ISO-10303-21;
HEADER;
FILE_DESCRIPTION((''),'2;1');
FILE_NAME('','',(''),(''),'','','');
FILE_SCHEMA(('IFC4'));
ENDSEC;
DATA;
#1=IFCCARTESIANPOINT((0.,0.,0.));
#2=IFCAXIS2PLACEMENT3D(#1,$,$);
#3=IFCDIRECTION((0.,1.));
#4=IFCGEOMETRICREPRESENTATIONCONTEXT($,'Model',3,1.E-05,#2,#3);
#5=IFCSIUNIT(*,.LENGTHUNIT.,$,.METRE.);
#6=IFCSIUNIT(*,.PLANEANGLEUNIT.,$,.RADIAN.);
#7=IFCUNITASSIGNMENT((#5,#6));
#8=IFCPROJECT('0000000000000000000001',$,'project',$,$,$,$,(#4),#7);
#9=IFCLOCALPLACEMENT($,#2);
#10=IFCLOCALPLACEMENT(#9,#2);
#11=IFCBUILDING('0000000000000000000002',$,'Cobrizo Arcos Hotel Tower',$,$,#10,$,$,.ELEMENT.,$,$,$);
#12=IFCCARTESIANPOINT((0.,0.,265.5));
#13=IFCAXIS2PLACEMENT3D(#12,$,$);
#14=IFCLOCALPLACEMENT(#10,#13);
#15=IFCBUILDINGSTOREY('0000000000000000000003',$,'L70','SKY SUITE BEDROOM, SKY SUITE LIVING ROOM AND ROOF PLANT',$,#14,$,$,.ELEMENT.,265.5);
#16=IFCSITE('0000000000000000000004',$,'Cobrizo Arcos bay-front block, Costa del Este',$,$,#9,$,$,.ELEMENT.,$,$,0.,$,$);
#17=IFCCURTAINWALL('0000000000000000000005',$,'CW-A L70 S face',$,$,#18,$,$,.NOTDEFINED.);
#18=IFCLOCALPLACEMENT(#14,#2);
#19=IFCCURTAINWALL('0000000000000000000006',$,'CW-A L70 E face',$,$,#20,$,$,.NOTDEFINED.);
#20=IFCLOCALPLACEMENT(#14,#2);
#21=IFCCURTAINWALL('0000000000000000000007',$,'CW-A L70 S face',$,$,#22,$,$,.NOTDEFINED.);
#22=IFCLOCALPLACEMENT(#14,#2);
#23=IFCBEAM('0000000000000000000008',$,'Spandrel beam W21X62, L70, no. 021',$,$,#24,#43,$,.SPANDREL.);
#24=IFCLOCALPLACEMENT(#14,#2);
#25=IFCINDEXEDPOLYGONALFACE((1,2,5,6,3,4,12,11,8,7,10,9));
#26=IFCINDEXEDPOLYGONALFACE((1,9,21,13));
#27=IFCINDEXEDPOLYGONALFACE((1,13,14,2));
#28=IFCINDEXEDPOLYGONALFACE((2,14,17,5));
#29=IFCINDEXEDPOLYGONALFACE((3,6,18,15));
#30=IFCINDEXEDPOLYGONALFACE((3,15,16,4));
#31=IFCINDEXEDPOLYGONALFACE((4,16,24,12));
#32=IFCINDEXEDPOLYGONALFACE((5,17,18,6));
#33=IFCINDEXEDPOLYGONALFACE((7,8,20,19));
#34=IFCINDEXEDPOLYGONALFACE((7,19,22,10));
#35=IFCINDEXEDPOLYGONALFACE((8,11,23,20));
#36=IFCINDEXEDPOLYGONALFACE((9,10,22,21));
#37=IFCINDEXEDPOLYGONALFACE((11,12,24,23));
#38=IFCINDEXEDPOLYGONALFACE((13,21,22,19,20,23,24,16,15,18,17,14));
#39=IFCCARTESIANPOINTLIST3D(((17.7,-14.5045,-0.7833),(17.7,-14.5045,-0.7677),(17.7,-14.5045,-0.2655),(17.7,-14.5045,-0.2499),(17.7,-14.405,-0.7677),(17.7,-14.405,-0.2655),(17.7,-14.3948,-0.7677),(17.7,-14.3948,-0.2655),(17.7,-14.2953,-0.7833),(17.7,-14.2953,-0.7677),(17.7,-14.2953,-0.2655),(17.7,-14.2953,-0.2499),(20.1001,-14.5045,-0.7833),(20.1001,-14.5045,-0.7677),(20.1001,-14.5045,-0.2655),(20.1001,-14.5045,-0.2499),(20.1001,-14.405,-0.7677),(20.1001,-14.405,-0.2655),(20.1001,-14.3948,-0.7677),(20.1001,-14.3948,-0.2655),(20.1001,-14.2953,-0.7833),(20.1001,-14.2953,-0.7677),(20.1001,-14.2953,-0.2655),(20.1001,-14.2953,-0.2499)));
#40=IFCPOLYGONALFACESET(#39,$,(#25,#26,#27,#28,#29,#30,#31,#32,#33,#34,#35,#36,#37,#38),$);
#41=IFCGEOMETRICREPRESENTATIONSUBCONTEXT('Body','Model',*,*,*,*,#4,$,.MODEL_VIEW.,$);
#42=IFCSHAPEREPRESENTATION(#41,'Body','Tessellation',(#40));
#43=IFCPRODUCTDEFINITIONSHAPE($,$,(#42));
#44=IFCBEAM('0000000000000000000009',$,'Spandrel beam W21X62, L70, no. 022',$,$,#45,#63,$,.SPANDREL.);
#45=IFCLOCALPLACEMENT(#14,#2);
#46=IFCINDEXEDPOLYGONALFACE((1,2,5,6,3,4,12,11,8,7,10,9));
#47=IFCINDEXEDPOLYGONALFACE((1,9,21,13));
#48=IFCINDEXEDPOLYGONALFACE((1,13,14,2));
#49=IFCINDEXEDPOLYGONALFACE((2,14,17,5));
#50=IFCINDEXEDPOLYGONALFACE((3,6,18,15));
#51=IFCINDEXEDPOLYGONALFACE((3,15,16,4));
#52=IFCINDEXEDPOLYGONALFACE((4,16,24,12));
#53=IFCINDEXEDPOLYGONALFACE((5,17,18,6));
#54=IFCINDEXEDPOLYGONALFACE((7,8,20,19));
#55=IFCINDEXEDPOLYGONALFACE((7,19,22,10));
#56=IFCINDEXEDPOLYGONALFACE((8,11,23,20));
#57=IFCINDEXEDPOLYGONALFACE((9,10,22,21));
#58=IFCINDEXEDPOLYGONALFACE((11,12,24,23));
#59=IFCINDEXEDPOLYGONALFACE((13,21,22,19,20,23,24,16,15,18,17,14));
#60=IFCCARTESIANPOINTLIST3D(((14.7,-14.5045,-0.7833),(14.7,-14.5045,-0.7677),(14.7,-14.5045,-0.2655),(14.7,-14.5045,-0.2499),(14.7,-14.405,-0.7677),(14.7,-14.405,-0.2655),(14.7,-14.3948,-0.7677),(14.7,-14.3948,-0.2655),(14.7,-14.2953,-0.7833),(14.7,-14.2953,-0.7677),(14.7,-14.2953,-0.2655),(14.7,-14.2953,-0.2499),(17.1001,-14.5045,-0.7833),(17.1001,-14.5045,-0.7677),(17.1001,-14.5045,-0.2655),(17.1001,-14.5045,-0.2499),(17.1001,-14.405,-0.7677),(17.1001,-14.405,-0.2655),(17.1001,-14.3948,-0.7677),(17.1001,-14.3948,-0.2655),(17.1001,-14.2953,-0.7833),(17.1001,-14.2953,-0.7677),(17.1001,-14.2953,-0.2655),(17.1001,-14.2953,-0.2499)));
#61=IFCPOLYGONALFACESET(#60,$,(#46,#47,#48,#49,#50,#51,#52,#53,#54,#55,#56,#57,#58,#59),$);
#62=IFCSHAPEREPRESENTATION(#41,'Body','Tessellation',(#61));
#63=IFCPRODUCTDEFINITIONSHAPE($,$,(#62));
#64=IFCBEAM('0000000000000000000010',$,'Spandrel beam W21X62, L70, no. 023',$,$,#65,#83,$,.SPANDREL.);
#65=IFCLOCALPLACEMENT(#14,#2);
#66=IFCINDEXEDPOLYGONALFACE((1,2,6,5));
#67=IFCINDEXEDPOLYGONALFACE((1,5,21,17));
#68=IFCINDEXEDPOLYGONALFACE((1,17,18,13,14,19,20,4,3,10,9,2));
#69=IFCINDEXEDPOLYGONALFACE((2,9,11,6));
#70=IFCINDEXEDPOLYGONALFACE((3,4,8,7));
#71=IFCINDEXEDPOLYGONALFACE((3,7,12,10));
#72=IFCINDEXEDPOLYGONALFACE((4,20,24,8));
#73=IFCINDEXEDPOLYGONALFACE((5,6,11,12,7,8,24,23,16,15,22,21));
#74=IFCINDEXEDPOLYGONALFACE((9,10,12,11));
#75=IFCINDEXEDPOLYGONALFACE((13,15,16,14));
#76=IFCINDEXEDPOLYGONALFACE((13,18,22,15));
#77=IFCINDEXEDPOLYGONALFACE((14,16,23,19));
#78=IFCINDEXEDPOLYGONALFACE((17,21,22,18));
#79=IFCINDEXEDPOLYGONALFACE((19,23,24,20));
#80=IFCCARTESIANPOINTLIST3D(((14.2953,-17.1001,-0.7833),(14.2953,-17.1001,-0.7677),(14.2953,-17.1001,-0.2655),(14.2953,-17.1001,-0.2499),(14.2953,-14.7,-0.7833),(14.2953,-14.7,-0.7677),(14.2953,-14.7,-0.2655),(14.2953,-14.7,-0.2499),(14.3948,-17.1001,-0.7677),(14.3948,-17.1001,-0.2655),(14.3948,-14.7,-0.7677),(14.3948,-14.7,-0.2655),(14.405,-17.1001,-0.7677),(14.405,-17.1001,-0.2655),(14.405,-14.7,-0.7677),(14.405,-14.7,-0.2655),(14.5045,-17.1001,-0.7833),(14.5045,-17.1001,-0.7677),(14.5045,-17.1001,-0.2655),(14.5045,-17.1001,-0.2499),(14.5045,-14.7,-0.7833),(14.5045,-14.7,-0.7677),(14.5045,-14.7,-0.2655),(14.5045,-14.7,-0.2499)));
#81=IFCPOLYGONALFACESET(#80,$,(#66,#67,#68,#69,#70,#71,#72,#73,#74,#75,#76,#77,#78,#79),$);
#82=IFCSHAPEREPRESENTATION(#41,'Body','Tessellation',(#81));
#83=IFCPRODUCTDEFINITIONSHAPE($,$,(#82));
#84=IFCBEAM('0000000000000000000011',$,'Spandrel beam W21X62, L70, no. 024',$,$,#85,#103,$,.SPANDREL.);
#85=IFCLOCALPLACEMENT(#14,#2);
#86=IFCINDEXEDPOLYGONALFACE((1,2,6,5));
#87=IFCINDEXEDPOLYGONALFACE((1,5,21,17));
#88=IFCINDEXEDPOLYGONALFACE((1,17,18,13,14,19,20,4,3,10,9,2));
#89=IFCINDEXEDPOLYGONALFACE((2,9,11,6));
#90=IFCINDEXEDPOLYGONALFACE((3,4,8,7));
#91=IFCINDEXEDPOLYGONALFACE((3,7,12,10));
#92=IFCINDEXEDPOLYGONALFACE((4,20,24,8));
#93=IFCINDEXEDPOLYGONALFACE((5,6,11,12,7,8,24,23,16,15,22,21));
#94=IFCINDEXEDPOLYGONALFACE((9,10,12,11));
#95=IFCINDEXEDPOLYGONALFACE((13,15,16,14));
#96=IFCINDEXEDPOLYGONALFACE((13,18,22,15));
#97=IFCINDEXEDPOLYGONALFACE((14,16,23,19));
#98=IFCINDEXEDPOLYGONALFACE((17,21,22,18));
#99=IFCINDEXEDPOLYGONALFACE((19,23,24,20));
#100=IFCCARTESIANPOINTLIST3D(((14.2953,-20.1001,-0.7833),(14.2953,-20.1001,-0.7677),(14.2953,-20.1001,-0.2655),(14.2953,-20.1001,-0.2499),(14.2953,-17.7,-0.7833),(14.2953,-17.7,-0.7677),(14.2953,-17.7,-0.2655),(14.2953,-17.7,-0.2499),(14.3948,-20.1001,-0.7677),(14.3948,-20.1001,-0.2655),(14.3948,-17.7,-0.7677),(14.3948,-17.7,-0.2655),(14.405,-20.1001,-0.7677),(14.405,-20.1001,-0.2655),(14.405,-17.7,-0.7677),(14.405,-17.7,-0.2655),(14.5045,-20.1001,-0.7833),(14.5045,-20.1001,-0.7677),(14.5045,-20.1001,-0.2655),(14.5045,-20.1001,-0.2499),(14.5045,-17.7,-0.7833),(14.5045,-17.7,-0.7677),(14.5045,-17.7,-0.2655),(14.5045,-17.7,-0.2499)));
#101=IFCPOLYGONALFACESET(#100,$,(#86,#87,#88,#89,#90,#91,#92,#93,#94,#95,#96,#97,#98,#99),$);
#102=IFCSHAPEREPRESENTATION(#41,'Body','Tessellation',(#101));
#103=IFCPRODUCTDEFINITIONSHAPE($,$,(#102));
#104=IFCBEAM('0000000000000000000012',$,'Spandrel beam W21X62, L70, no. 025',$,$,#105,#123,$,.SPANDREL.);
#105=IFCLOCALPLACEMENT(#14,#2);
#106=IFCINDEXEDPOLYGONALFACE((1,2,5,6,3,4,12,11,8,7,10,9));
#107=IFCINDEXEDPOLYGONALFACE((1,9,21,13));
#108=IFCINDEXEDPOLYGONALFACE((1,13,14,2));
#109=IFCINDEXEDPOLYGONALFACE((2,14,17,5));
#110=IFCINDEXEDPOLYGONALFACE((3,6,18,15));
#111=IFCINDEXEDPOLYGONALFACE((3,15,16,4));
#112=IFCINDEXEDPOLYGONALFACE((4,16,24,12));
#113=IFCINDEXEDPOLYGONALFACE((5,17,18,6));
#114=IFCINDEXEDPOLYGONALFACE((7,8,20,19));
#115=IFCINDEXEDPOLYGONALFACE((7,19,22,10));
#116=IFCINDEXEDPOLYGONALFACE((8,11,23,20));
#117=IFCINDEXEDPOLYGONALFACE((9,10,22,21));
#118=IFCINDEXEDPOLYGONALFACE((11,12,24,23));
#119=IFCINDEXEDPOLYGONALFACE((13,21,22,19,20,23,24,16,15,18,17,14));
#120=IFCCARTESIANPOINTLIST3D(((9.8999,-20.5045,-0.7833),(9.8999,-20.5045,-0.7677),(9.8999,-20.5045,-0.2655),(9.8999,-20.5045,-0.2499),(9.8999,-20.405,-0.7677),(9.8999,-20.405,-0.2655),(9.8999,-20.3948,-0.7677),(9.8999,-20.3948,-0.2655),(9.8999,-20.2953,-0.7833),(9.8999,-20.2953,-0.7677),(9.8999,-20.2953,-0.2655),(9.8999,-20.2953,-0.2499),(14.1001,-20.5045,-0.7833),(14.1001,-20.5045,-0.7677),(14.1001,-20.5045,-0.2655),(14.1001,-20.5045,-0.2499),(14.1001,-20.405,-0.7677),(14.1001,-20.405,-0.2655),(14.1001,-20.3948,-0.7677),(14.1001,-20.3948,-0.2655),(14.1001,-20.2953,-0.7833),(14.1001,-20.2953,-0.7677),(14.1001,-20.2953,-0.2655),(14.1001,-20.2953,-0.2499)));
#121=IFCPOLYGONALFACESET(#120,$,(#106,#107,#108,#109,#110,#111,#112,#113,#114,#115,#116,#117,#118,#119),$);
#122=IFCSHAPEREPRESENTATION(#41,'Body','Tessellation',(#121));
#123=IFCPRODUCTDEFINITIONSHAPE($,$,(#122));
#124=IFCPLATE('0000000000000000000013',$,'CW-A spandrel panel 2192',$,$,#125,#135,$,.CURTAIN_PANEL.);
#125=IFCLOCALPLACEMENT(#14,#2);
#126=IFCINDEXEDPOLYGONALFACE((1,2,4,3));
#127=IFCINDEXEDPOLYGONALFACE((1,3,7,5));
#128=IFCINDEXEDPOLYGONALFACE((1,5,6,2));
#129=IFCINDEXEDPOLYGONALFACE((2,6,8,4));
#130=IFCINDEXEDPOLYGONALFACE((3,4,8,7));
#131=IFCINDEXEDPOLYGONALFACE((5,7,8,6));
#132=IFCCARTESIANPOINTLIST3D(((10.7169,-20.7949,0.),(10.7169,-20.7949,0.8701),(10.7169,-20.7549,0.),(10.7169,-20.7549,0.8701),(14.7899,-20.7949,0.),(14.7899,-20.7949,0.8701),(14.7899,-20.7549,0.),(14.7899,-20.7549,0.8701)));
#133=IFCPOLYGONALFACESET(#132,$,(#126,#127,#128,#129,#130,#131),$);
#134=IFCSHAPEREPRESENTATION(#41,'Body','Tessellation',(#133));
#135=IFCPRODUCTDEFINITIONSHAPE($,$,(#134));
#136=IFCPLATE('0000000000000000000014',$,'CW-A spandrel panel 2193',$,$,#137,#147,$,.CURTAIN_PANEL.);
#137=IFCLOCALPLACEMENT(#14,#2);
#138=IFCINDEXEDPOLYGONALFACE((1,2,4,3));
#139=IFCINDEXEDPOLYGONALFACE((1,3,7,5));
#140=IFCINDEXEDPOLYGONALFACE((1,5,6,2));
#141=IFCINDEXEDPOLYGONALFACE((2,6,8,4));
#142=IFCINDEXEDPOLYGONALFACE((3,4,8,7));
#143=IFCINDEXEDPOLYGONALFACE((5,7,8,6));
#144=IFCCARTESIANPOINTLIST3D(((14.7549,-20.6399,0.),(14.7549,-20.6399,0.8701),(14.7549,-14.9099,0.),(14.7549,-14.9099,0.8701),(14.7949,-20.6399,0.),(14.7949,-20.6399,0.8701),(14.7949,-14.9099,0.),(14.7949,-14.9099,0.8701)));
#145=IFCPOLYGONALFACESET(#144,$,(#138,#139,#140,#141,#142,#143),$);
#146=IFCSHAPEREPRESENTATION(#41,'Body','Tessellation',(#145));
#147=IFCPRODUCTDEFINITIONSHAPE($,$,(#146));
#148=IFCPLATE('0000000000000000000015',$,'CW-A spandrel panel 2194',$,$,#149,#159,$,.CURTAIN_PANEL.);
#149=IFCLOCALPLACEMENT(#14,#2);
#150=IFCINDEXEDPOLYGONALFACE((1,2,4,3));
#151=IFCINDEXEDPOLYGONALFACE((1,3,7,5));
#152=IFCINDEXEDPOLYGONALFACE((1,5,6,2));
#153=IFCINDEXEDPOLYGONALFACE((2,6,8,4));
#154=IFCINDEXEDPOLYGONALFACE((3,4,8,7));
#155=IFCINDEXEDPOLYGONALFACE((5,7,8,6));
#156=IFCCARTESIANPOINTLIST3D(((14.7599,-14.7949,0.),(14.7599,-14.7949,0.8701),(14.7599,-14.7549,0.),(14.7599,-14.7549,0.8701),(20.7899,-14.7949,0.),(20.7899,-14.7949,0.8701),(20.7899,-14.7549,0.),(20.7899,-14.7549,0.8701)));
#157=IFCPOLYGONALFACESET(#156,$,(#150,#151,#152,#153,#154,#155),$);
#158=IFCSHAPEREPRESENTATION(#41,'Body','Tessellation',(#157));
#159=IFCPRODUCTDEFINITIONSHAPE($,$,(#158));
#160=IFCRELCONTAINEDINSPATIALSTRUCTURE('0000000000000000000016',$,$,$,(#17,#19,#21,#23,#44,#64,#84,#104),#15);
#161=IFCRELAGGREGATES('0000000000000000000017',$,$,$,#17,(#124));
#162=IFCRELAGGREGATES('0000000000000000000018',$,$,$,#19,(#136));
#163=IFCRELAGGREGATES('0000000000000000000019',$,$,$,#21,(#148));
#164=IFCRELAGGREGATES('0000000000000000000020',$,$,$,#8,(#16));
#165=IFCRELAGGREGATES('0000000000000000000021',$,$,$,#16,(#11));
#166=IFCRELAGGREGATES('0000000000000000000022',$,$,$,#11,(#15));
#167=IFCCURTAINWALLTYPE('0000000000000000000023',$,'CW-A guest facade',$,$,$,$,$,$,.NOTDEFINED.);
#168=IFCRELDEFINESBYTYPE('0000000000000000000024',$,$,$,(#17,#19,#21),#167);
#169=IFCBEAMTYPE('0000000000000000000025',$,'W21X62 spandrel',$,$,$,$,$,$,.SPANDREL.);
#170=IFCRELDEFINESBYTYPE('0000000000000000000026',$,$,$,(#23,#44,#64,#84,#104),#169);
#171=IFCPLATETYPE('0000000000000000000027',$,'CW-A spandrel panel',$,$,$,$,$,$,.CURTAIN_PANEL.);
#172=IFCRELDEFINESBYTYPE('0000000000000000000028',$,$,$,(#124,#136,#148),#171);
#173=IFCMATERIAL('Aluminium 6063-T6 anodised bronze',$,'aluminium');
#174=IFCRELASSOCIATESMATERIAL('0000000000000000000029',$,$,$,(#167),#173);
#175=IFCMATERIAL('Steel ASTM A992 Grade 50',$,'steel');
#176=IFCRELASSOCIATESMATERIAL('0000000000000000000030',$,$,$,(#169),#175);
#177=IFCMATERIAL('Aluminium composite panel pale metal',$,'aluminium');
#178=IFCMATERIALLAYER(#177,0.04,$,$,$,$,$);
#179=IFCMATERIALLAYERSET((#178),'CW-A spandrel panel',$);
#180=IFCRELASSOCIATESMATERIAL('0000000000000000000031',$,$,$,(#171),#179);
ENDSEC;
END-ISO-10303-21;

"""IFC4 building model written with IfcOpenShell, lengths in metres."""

from ifc_helpers import new_model, si_unit, direction, frame, origin, origin_2d, place, context, subcontext, project, spatial, rectangle, i_section, extrude, material, layer, layer_set, material_profile, profile_set, type_object, element, aggregate, save


model = new_model("IFC4")

# Units and contexts
model_context = context("Model", 3, precision=1e-05, world=origin(), true_north=direction((0.0, 1.0)))
body_context = subcontext(model_context, "Body", "Model", "MODEL_VIEW")
ifc_project = project(units=[si_unit("LENGTHUNIT", "METRE"), si_unit("PLANEANGLEUNIT", "RADIAN")], contexts=[model_context])

# Site, building, storey
site_placement = place(None, origin())
site = spatial("IfcSite", under=ifc_project, at=site_placement, Name="Cobrizo Arcos bay-front block, Costa del Este", CompositionType="ELEMENT", RefElevation=0.0)
building_placement = place(site_placement, origin())
building = spatial("IfcBuilding", under=site, at=building_placement, Name="Cobrizo Arcos Hotel Tower", CompositionType="ELEMENT")
storey_placement = place(building_placement, frame((0.0, 0.0, 265.5)))
storey = spatial("IfcBuildingStorey", under=building, at=storey_placement, Name="L70", Description="SKY SUITE BEDROOM, SKY SUITE LIVING ROOM AND ROOF PLANT", CompositionType="ELEMENT", Elevation=265.5)

# Curtain wall
ifc_material_1 = material(Name="Aluminium 6063-T6 anodised bronze", Category="aluminium")
curtain_wall_type = type_object("IfcCurtainWallType", Name="CW-A guest facade", PredefinedType="NOTDEFINED", material=ifc_material_1)
curtain_wall_1_placement = place(storey_placement, origin())
curtain_wall_1 = element("IfcCurtainWall", 1, at=curtain_wall_1_placement, inside=storey, type_object=curtain_wall_type, Name="CW-A L70 S face", PredefinedType="NOTDEFINED")

# Curtain walls
curtain_wall_2_placement = place(storey_placement, origin())
curtain_wall_2 = element("IfcCurtainWall", 2, at=curtain_wall_2_placement, inside=storey, type_object=curtain_wall_type, Name="CW-A L70 E face", PredefinedType="NOTDEFINED")
curtain_wall_3_placement = place(storey_placement, origin())
curtain_wall_3 = element("IfcCurtainWall", 3, at=curtain_wall_3_placement, inside=storey, type_object=curtain_wall_type, Name="CW-A L70 S face", PredefinedType="NOTDEFINED")

# Beams
ifc_material_2 = material(Name="Steel ASTM A992 Grade 50", Category="steel")
ifc_material_profile_1 = material_profile(ifc_material_2, i_section(OverallWidth=0.2092, OverallDepth=0.5334, WebThickness=0.0103, FlangeThickness=0.0156, at=origin_2d()), Name="W21X62")
ifc_profile_set_1 = profile_set([ifc_material_profile_1], Name="Steel ASTM A992 Grade 50")
beam_type_1 = type_object("IfcBeamType", Name="W21X62 spandrel", PredefinedType="SPANDREL", material=ifc_profile_set_1)
for number, where, z_axis, x_axis, name in (
    (4, (20.1001, -14.3999, -0.5166), (-1.0, 0.0, 0.0), (0.0, -1.0, 0.0), "Spandrel beam W21X62, L70, no. 021"),
    (5, (17.1001, -14.3999, -0.5166), (-1.0, 0.0, 0.0), (0.0, -1.0, 0.0), "Spandrel beam W21X62, L70, no. 022"),
    (6, (14.3999, -14.7, -0.5166), (0.0, -1.0, 0.0), (1.0, 0.0, 0.0), "Spandrel beam W21X62, L70, no. 023"),
    (7, (14.3999, -17.7, -0.5166), (0.0, -1.0, 0.0), (1.0, 0.0, 0.0), "Spandrel beam W21X62, L70, no. 024"),
):
    element("IfcBeam", number, at=place(storey_placement, frame(where, z_axis=z_axis, x_axis=x_axis)), inside=storey, type_object=beam_type_1, Name=name, PredefinedType="SPANDREL", context=body_context, shape_type="SweptSolid", body=[
        extrude(i_section(OverallWidth=0.2092, OverallDepth=0.5334, WebThickness=0.0103, FlangeThickness=0.0156, at=origin_2d()), origin(), (0.0, 0.0, 1.0), 2.4001),
    ])
beam_1_placement = place(storey_placement, frame((14.1001, -20.3999, -0.5166), z_axis=(-1.0, 0.0, 0.0), x_axis=(0.0, -1.0, 0.0)))
element("IfcBeam", 8, at=beam_1_placement, inside=storey, type_object=beam_type_1, Name="Spandrel beam W21X62, L70, no. 025", PredefinedType="SPANDREL", context=body_context, shape_type="SweptSolid", body=[
    extrude(i_section(OverallWidth=0.2092, OverallDepth=0.5334, WebThickness=0.0103, FlangeThickness=0.0156, at=origin_2d()), origin(), (0.0, 0.0, 1.0), 4.2002),
])

# Plates
ifc_material_3 = material(Name="Aluminium composite panel pale metal", Category="aluminium")
ifc_layer = layer(ifc_material_3, 0.04)
ifc_layer_set = layer_set([ifc_layer], Name="CW-A spandrel panel")
plate_type = type_object("IfcPlateType", Name="CW-A spandrel panel", PredefinedType="CURTAIN_PANEL", material=ifc_layer_set)
plate_1_placement = place(storey_placement, frame((12.7534, -20.7749, 0.0), z_axis=(0.0, 0.0, 1.0), x_axis=(1.0, 0.0, 0.0)))
plate_1 = element("IfcPlate", 9, at=plate_1_placement, type_object=plate_type, Name="CW-A spandrel panel 2192", PredefinedType="CURTAIN_PANEL", context=body_context, shape_type="SweptSolid", body=[
    extrude(rectangle(XDim=4.073, YDim=0.04, at=origin_2d()), origin(), (0.0, 0.0, 1.0), 0.8701),
])
aggregate(curtain_wall_1, [plate_1])
plate_2_placement = place(storey_placement, frame((14.7749, -17.7749, 0.0), z_axis=(0.0, 0.0, 1.0), x_axis=(0.0, 1.0, 0.0)))
plate_2 = element("IfcPlate", 10, at=plate_2_placement, type_object=plate_type, Name="CW-A spandrel panel 2193", PredefinedType="CURTAIN_PANEL", context=body_context, shape_type="SweptSolid", body=[
    extrude(rectangle(XDim=5.73, YDim=0.04, at=origin_2d()), origin(), (0.0, 0.0, 1.0), 0.8701),
])
aggregate(curtain_wall_2, [plate_2])
plate_3_placement = place(storey_placement, frame((17.7749, -14.7749, 0.0), z_axis=(0.0, 0.0, 1.0), x_axis=(1.0, 0.0, 0.0)))
plate_3 = element("IfcPlate", 11, at=plate_3_placement, type_object=plate_type, Name="CW-A spandrel panel 2194", PredefinedType="CURTAIN_PANEL", context=body_context, shape_type="SweptSolid", body=[
    extrude(rectangle(XDim=6.03, YDim=0.04, at=origin_2d()), origin(), (0.0, 0.0, 1.0), 0.8701),
])
aggregate(curtain_wall_3, [plate_3])

save(model, "model.ifc")
